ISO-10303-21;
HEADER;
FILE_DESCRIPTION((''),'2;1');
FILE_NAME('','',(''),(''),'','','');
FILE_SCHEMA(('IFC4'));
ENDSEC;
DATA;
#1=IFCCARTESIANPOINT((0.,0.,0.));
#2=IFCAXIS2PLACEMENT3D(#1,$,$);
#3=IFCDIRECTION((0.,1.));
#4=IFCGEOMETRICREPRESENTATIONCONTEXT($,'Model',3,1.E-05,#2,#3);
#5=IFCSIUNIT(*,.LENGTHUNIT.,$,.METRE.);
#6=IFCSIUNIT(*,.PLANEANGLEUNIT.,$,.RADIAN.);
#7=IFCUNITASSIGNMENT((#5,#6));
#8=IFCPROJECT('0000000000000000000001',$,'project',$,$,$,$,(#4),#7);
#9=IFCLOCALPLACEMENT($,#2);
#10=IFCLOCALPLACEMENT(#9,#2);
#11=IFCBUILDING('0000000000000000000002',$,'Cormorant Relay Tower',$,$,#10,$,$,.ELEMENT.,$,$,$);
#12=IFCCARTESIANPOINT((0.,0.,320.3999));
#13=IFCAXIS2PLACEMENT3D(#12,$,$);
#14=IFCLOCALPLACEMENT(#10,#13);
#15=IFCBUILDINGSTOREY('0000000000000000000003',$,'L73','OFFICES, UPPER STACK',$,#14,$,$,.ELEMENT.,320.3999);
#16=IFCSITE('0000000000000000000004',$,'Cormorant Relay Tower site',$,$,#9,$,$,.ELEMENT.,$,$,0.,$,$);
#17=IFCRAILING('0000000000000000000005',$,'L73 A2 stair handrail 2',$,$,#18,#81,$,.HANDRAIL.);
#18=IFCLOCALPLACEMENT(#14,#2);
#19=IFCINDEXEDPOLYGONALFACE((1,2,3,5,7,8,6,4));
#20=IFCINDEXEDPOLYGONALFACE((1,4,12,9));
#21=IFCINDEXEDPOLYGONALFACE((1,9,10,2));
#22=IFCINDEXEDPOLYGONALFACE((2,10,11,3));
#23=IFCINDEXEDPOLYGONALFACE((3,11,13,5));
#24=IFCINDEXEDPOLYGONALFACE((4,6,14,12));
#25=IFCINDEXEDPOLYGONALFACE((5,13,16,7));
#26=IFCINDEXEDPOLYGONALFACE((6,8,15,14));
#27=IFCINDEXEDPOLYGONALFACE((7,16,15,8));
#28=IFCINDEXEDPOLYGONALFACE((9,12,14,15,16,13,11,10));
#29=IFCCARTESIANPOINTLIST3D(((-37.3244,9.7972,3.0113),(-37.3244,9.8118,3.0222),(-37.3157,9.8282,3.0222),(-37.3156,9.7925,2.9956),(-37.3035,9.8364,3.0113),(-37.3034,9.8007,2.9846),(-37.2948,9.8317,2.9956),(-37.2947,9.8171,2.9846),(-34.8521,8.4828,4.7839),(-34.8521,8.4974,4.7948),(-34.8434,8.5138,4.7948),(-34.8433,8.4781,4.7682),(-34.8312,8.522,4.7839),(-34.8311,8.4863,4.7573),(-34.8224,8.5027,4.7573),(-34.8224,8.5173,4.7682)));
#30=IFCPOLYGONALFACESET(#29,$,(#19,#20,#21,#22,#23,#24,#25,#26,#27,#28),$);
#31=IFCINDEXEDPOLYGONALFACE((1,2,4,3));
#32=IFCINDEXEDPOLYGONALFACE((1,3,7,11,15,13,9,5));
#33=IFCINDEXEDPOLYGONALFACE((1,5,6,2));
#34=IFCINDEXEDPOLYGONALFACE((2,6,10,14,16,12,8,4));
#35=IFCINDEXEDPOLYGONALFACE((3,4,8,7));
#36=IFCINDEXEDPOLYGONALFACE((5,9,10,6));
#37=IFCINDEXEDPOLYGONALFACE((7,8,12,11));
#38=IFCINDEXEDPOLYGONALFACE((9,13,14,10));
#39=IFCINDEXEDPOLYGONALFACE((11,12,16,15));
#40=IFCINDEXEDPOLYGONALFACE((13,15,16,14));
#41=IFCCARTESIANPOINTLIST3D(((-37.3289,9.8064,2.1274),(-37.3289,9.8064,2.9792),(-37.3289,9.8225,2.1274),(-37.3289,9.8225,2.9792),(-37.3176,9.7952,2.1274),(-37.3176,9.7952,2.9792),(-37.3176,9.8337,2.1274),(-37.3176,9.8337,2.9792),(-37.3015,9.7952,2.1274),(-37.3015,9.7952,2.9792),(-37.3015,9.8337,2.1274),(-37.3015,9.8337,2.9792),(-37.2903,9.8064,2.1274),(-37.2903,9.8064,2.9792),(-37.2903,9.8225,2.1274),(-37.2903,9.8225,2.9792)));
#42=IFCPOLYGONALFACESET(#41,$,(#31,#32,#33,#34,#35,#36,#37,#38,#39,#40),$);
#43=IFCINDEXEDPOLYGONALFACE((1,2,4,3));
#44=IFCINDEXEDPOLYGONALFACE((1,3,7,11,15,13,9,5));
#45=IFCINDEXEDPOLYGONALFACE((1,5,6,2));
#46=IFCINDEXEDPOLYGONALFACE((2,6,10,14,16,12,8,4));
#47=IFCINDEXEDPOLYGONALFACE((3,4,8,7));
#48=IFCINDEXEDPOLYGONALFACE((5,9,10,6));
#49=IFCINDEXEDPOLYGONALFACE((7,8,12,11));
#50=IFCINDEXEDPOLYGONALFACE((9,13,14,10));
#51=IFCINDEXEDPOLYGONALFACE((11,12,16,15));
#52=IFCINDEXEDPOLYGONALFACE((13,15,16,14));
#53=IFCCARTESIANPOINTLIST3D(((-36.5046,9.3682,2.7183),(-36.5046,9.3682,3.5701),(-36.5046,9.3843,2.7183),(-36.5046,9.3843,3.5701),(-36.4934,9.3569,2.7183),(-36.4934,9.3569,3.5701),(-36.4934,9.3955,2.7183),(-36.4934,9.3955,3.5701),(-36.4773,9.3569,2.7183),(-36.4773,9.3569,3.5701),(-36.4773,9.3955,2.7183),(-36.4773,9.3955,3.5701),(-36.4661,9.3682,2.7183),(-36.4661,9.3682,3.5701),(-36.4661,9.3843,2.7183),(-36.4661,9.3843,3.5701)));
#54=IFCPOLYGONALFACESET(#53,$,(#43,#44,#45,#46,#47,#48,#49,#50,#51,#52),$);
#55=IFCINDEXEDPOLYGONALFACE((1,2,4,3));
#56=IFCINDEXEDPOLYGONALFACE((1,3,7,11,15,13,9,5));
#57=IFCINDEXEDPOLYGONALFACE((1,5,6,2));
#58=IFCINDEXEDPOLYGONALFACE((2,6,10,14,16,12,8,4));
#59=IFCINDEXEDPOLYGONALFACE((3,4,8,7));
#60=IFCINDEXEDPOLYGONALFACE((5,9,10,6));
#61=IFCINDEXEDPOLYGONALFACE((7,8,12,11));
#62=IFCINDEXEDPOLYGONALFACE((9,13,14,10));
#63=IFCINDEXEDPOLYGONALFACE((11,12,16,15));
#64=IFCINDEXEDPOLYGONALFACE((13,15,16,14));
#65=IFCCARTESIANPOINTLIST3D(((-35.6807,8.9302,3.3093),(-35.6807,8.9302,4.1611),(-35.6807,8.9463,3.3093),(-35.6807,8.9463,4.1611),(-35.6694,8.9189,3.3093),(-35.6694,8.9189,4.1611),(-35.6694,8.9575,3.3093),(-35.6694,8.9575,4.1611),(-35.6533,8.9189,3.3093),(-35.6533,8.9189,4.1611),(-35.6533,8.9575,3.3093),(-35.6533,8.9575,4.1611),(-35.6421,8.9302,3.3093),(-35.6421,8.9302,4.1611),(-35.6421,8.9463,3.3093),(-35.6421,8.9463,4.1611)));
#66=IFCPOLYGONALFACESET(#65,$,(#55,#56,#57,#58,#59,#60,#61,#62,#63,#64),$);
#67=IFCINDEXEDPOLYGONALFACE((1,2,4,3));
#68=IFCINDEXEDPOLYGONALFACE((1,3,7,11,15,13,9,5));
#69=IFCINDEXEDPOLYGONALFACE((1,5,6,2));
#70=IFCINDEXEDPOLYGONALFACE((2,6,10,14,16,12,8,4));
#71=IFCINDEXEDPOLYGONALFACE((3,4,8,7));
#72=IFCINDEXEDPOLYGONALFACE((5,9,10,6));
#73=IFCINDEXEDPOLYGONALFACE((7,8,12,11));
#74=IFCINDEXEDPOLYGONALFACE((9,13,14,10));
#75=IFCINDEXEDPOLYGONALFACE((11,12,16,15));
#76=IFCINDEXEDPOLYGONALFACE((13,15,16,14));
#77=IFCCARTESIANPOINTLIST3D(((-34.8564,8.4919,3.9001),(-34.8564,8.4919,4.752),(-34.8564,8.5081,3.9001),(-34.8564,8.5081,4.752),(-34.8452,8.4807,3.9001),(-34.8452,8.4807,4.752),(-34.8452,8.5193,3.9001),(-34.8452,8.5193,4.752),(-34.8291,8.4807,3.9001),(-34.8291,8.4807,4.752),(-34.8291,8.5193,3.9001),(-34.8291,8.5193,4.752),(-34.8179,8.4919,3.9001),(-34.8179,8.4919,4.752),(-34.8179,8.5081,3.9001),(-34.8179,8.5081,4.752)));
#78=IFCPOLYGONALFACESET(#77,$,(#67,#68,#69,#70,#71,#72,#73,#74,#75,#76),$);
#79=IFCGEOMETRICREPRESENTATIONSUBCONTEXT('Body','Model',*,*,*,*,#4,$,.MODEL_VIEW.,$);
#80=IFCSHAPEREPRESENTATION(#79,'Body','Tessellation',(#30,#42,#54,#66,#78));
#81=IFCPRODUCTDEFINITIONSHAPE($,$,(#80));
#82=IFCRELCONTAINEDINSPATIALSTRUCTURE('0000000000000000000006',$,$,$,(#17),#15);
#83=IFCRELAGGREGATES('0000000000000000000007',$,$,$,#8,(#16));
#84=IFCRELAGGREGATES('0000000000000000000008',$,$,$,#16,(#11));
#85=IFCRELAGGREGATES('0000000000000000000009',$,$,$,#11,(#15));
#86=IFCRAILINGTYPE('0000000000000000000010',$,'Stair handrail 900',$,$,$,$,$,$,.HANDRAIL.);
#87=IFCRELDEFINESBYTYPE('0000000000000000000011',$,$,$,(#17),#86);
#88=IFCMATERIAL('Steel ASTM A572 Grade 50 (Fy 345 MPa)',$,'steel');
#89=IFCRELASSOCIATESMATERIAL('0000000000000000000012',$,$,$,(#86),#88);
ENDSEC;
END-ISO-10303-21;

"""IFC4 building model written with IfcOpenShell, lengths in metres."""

from ifc_helpers import new_model, si_unit, direction, frame, origin, place, context, subcontext, project, spatial, polyline, outline, extrude, material, type_object, element, save


model = new_model("IFC4")

# Units and contexts
model_context = context("Model", 3, precision=1e-05, world=origin(), true_north=direction((0.0, 1.0)))
body_context = subcontext(model_context, "Body", "Model", "MODEL_VIEW")
ifc_project = project(units=[si_unit("LENGTHUNIT", "METRE"), si_unit("PLANEANGLEUNIT", "RADIAN")], contexts=[model_context])

# Site, building, storey
site_placement = place(None, origin())
site = spatial("IfcSite", under=ifc_project, at=site_placement, Name="Cormorant Relay Tower site", CompositionType="ELEMENT", RefElevation=0.0)
building_placement = place(site_placement, origin())
building = spatial("IfcBuilding", under=site, at=building_placement, Name="Cormorant Relay Tower", CompositionType="ELEMENT")
storey_placement = place(building_placement, frame((0.0, 0.0, 320.3999)))
storey = spatial("IfcBuildingStorey", under=building, at=storey_placement, Name="L73", Description="OFFICES, UPPER STACK", CompositionType="ELEMENT", Elevation=320.3999)

# Railing
ifc_material_1 = material(Name="Steel ASTM A572 Grade 50 (Fy 345 MPa)", Category="steel")
railing_type_1 = type_object("IfcRailingType", Name="Stair handrail 900", PredefinedType="HANDRAIL", material=ifc_material_1)
railing_1_placement = place(storey_placement, frame((-37.3096, 9.8145, 2.1274)))
element("IfcRailing", 1, at=railing_1_placement, inside=storey, type_object=railing_type_1, Name="L73 A2 stair handrail 2", PredefinedType="HANDRAIL", context=body_context, shape_type="SweptSolid", body=[
    extrude(outline(polyline([(0.0222, 0.0093), (0.0093, 0.0222), (-0.0093, 0.0222), (-0.0222, 0.0093), (-0.0222, -0.0093), (-0.0093, -0.0222), (0.0093, -0.0222), (0.0222, -0.0093), (0.0222, 0.0093)])), frame((0.0, 0.0, 0.876), z_axis=(0.746034, -0.396627, 0.534902), x_axis=(0.469429, 0.88297, 0.0)), (0.0, 0.0, 1.0), 3.314),
    extrude(outline(polyline([(0.0193, 0.0081), (0.0081, 0.0193), (-0.0081, 0.0193), (-0.0193, 0.0081), (-0.0193, -0.0081), (-0.0081, -0.0193), (0.0081, -0.0193), (0.0193, -0.0081), (0.0193, 0.0081)])), origin(), (0.0, 0.0, 1.0), 0.8518),
    extrude(outline(polyline([(0.0193, 0.0081), (0.0081, 0.0193), (-0.0081, 0.0193), (-0.0193, 0.0081), (-0.0193, -0.0081), (-0.0081, -0.0193), (0.0081, -0.0193), (0.0193, -0.0081), (0.0193, 0.0081)])), frame((0.8242, -0.4382, 0.5908)), (0.0, 0.0, 1.0), 0.8518),
    extrude(outline(polyline([(0.0193, 0.0081), (0.0081, 0.0193), (-0.0081, 0.0193), (-0.0193, 0.0081), (-0.0193, -0.0081), (-0.0081, -0.0193), (0.0081, -0.0193), (0.0193, -0.0081), (0.0193, 0.0081)])), frame((1.6482, -0.8762, 1.1819)), (0.0, 0.0, 1.0), 0.8518),
    extrude(outline(polyline([(0.0193, 0.0081), (0.0081, 0.0193), (-0.0081, 0.0193), (-0.0193, 0.0081), (-0.0193, -0.0081), (-0.0081, -0.0193), (0.0081, -0.0193), (0.0193, -0.0081), (0.0193, 0.0081)])), frame((2.4724, -1.3145, 1.7727)), (0.0, 0.0, 1.0), 0.8518),
])

save(model, "model.ifc")
